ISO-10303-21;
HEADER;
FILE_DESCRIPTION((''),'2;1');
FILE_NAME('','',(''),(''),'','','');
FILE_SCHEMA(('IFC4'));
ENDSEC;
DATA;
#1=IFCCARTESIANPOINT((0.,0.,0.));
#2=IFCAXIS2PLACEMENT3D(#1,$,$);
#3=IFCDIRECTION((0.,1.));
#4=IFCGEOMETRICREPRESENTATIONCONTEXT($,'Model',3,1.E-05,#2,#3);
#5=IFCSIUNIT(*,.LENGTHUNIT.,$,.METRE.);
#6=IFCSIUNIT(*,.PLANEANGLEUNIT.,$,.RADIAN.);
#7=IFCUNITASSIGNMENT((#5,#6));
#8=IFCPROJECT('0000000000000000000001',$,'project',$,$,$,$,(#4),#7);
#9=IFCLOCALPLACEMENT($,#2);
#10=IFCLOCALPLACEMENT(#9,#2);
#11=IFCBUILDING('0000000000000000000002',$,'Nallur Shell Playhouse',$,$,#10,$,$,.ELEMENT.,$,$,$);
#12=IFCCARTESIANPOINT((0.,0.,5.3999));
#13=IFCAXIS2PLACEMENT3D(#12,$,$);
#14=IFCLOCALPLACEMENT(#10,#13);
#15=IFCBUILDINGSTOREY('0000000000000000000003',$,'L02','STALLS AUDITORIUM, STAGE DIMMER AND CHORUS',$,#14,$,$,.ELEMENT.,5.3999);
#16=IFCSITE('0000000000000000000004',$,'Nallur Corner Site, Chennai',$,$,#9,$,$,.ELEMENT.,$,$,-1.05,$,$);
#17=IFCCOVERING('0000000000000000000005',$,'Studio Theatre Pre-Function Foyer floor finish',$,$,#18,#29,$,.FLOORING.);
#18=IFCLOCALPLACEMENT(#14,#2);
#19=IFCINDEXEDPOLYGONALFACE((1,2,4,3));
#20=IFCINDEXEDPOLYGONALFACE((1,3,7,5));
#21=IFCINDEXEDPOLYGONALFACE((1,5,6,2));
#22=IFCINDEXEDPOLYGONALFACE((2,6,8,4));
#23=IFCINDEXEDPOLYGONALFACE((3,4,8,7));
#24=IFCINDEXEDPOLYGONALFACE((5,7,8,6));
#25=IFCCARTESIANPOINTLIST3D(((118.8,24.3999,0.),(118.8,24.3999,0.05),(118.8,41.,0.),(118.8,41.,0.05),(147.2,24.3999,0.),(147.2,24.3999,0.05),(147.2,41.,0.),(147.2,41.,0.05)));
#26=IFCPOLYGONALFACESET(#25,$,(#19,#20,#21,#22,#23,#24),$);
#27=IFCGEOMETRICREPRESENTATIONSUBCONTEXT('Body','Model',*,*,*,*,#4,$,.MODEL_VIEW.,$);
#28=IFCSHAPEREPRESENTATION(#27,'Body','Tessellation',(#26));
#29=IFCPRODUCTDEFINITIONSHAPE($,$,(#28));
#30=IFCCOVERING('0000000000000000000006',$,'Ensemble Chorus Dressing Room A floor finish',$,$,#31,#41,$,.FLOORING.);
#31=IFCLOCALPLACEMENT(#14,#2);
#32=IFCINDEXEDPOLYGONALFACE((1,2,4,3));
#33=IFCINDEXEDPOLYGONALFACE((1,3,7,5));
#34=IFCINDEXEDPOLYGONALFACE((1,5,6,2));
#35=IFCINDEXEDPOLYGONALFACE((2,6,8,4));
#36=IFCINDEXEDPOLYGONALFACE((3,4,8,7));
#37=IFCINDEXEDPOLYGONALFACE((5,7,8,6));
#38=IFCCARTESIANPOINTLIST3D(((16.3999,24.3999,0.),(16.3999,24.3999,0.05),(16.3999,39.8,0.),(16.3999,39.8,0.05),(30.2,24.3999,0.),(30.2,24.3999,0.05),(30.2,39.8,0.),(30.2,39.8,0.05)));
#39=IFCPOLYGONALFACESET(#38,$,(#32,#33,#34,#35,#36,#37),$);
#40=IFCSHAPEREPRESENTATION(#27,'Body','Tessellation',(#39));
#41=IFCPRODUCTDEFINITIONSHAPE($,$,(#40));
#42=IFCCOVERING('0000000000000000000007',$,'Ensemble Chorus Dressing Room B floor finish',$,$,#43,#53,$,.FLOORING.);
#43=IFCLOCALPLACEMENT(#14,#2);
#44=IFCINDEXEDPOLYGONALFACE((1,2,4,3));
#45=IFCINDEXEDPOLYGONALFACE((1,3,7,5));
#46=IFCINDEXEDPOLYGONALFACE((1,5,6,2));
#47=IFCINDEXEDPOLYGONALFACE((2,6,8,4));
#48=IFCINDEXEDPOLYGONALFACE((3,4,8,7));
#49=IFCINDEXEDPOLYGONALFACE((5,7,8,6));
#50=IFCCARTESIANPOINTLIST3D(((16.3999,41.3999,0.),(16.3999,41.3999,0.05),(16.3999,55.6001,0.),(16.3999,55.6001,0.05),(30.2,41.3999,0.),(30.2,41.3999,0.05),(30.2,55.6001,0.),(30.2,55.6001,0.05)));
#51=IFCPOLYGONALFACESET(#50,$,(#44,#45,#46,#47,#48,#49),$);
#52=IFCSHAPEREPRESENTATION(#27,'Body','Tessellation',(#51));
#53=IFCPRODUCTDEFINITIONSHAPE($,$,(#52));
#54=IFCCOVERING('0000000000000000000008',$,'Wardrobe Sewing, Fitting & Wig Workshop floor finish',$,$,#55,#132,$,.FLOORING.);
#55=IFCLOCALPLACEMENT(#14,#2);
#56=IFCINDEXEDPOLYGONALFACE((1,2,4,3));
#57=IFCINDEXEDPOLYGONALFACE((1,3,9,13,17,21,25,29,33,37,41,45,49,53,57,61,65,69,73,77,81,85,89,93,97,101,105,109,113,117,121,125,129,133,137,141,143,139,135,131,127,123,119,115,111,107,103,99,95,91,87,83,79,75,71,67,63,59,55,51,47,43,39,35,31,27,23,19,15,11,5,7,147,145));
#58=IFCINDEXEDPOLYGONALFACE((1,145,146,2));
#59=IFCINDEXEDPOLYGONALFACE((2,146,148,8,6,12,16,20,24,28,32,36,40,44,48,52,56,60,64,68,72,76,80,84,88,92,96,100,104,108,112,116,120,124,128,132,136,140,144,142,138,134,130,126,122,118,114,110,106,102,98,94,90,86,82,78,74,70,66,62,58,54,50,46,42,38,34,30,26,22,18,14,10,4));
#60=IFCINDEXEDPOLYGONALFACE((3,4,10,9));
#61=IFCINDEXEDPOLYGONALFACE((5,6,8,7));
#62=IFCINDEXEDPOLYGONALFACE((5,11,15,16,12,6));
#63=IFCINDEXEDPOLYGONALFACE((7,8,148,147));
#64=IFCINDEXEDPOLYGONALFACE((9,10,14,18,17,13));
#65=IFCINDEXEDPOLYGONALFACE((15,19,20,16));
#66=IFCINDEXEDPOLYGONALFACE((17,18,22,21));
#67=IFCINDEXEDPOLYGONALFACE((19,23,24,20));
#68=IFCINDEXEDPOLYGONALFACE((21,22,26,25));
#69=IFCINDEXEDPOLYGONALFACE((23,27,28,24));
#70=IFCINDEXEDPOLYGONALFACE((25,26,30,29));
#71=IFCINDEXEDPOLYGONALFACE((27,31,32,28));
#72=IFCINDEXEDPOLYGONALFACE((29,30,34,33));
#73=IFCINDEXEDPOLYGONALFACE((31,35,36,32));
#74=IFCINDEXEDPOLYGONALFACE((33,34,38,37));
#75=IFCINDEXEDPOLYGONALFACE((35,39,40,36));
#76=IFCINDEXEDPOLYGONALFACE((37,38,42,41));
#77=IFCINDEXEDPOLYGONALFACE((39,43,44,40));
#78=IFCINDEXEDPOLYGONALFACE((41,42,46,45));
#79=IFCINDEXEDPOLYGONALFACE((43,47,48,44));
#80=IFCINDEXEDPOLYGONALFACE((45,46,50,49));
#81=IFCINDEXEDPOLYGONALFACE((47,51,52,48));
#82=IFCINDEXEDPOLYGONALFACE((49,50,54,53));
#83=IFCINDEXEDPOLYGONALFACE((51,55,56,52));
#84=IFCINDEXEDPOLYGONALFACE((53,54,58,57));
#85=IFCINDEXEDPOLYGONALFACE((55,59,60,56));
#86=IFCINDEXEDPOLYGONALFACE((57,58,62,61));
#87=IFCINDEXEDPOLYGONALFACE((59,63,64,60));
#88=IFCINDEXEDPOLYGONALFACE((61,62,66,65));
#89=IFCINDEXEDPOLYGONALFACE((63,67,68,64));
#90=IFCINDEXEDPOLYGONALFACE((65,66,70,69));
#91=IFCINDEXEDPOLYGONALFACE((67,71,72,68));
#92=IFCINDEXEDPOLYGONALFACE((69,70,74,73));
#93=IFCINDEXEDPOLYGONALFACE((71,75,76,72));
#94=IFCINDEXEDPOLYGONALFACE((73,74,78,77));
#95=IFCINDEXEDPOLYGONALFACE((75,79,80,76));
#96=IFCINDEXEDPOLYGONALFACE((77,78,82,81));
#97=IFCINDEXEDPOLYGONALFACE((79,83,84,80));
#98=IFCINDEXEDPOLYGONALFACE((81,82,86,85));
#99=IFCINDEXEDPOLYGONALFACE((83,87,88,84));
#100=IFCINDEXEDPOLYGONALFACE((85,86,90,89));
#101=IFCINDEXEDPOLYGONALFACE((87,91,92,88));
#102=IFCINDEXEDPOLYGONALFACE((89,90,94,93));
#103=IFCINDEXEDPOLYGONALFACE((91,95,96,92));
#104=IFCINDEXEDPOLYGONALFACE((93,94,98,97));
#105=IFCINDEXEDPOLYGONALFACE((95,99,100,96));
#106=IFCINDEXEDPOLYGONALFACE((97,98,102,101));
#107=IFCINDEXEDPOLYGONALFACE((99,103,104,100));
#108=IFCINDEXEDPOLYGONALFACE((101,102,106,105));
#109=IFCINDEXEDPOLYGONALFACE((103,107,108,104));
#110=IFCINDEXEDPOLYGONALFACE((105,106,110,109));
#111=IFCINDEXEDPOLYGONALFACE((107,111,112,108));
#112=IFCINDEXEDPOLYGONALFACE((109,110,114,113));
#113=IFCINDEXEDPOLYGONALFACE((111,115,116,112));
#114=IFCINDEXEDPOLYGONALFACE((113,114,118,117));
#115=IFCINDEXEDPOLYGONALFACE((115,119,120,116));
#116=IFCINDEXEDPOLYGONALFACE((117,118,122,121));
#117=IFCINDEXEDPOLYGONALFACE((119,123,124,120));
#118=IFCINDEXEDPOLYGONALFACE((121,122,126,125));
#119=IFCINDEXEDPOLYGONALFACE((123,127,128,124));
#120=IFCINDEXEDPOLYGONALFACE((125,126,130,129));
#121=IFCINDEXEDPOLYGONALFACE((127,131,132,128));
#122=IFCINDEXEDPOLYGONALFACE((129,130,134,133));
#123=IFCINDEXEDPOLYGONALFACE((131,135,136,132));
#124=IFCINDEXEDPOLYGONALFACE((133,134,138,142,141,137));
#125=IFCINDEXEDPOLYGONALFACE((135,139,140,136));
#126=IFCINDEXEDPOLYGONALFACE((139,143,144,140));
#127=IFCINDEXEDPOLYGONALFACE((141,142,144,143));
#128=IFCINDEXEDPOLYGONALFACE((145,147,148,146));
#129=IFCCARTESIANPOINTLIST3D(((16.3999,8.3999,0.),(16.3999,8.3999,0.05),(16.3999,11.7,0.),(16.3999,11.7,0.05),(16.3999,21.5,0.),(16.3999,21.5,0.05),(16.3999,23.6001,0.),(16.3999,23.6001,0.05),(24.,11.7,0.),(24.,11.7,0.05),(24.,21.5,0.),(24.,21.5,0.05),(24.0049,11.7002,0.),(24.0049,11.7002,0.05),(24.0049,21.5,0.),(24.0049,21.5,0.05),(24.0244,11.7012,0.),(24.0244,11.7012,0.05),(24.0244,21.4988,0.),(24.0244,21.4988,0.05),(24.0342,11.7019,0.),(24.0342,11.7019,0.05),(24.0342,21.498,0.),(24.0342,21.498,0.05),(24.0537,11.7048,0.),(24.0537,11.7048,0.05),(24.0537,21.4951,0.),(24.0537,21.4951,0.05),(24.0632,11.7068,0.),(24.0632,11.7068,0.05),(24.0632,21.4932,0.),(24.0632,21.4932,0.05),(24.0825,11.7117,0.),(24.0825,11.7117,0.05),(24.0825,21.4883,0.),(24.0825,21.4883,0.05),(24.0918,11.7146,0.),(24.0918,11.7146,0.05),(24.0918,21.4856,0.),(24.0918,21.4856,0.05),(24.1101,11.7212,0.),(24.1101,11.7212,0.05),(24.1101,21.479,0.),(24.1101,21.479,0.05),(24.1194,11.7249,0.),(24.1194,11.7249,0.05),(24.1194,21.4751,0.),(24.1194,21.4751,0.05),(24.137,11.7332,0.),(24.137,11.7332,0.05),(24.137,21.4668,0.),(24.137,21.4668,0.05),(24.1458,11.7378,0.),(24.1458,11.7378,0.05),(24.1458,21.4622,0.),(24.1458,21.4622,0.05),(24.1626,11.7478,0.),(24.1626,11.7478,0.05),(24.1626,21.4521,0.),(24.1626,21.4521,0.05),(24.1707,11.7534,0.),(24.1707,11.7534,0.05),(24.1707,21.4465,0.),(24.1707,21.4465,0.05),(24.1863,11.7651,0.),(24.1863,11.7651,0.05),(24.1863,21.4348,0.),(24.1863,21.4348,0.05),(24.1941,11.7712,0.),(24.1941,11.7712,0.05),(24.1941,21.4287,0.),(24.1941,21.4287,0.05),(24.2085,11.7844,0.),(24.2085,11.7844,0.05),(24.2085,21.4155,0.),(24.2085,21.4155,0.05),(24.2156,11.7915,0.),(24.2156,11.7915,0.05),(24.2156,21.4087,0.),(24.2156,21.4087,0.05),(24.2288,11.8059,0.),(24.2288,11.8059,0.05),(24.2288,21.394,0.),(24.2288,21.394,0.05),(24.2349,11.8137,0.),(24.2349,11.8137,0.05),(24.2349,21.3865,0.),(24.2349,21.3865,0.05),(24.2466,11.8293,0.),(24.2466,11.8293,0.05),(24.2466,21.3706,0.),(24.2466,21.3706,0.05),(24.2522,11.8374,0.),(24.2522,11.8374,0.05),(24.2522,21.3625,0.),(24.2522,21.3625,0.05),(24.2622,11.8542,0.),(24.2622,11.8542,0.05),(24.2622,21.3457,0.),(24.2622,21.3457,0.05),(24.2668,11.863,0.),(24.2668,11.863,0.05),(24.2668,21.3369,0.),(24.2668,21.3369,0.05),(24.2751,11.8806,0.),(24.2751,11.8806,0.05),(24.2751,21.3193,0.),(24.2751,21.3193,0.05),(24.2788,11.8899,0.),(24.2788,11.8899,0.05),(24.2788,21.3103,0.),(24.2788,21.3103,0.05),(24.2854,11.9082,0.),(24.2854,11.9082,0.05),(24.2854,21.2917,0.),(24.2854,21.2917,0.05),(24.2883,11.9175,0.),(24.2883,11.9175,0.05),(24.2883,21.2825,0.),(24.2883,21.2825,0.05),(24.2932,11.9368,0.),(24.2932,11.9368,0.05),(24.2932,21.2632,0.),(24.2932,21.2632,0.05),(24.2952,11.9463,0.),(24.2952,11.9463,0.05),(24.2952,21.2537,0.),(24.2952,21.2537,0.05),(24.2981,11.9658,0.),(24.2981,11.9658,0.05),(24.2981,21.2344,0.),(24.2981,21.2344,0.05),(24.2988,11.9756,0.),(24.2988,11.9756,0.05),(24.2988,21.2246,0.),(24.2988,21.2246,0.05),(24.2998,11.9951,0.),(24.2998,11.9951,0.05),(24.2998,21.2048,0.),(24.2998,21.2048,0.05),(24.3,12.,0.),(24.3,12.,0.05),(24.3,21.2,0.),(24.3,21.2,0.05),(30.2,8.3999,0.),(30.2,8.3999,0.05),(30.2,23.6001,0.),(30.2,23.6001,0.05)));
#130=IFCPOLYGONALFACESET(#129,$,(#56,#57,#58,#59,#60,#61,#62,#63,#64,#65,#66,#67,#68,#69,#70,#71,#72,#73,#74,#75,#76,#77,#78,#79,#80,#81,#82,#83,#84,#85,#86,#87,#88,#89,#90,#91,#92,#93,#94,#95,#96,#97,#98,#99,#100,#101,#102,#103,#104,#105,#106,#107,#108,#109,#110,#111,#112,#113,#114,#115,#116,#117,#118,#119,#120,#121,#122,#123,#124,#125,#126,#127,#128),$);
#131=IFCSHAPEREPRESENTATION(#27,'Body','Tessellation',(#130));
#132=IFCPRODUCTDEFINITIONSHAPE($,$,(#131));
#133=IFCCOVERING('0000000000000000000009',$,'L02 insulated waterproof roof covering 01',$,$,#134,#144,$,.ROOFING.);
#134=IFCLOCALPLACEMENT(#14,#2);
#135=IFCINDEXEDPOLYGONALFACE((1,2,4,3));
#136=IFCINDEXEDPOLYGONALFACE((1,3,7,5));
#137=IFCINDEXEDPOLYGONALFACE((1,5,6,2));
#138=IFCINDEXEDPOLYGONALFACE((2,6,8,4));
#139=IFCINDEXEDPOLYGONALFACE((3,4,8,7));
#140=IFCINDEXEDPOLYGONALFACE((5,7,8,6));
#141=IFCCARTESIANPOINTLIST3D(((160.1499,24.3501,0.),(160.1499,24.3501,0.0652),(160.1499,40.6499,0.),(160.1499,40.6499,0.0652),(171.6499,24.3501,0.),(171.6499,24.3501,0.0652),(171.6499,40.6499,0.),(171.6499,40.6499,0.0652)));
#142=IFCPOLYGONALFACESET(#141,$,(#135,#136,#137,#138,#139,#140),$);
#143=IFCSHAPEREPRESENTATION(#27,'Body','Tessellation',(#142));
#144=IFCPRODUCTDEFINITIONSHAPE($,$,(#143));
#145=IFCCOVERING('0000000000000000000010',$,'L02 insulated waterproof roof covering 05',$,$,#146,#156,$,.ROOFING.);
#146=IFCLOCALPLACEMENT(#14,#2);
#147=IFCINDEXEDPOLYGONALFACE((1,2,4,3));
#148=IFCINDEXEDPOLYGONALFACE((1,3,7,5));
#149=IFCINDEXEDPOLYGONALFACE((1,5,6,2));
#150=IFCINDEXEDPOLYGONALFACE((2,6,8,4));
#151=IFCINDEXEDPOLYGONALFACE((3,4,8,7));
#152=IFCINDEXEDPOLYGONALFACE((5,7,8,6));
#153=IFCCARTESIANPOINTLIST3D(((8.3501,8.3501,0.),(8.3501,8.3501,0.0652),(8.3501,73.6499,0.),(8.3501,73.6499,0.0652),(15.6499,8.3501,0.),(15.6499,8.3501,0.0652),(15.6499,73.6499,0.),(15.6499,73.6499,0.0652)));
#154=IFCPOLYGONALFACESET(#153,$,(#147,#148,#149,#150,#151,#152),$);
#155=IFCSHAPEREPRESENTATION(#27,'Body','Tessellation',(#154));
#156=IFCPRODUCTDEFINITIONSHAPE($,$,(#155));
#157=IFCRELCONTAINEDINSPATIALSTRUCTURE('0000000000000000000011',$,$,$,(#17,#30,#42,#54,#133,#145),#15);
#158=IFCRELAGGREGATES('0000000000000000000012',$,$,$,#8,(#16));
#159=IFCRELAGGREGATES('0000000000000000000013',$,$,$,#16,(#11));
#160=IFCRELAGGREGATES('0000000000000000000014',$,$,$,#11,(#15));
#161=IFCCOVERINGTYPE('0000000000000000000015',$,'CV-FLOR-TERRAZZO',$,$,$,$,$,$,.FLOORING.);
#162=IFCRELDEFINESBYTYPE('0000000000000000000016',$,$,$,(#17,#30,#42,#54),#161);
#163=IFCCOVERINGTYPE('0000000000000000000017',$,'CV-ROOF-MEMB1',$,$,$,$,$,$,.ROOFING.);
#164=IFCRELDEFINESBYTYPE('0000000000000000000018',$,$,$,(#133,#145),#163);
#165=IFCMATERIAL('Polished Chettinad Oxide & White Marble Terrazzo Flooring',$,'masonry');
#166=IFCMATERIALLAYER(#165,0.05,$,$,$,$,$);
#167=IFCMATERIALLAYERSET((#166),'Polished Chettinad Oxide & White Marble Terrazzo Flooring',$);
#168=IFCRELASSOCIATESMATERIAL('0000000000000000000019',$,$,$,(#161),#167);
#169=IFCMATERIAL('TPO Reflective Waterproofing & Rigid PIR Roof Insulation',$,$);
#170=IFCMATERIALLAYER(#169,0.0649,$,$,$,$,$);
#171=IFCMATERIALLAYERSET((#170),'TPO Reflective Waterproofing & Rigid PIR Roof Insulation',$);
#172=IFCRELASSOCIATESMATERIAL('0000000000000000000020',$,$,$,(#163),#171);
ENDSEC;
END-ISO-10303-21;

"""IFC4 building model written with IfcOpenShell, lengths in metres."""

from ifc_helpers import new_model, si_unit, direction, frame, origin, place, context, subcontext, project, spatial, polyline, outline, extrude, material, layer, layer_set, type_object, element, save


model = new_model("IFC4")

# Units and contexts
model_context = context("Model", 3, precision=1e-05, world=origin(), true_north=direction((0.0, 1.0)))
body_context = subcontext(model_context, "Body", "Model", "MODEL_VIEW")
ifc_project = project(units=[si_unit("LENGTHUNIT", "METRE"), si_unit("PLANEANGLEUNIT", "RADIAN")], contexts=[model_context])

# Site, building, storey
site_placement = place(None, origin())
site = spatial("IfcSite", under=ifc_project, at=site_placement, Name="Nallur Corner Site, Chennai", CompositionType="ELEMENT", RefElevation=-1.05)
building_placement = place(site_placement, origin())
building = spatial("IfcBuilding", under=site, at=building_placement, Name="Nallur Shell Playhouse", CompositionType="ELEMENT")
storey_placement = place(building_placement, frame((0.0, 0.0, 5.3999)))
storey = spatial("IfcBuildingStorey", under=building, at=storey_placement, Name="L02", Description="STALLS AUDITORIUM, STAGE DIMMER AND CHORUS", CompositionType="ELEMENT", Elevation=5.3999)

# Coverings
ifc_material_1 = material(Name="Polished Chettinad Oxide & White Marble Terrazzo Flooring", Category="masonry")
ifc_layer_1 = layer(ifc_material_1, 0.05)
ifc_layer_set_1 = layer_set([ifc_layer_1], Name="Polished Chettinad Oxide & White Marble Terrazzo Flooring")
covering_type_1 = type_object("IfcCoveringType", Name="CV-FLOR-TERRAZZO", PredefinedType="FLOORING", material=ifc_layer_set_1)
covering_1_placement = place(storey_placement, origin())
element("IfcCovering", 1, at=covering_1_placement, inside=storey, type_object=covering_type_1, Name="Studio Theatre Pre-Function Foyer floor finish", PredefinedType="FLOORING", context=body_context, shape_type="SweptSolid", body=[
    extrude(outline(polyline([(147.2, 41.0), (147.2, 24.3999), (118.8, 24.3999), (118.8, 41.0), (147.2, 41.0)])), origin(), (0.0, 0.0, 1.0), 0.05),
])
covering_2_placement = place(storey_placement, origin())
element("IfcCovering", 2, at=covering_2_placement, inside=storey, type_object=covering_type_1, Name="Ensemble Chorus Dressing Room A floor finish", PredefinedType="FLOORING", context=body_context, shape_type="SweptSolid", body=[
    extrude(outline(polyline([(30.2, 39.8), (30.2, 24.3999), (16.3999, 24.3999), (16.3999, 39.8), (30.2, 39.8)])), origin(), (0.0, 0.0, 1.0), 0.05),
])
covering_3_placement = place(storey_placement, origin())
element("IfcCovering", 3, at=covering_3_placement, inside=storey, type_object=covering_type_1, Name="Ensemble Chorus Dressing Room B floor finish", PredefinedType="FLOORING", context=body_context, shape_type="SweptSolid", body=[
    extrude(outline(polyline([(30.2, 55.6001), (30.2, 41.3999), (16.3999, 41.3999), (16.3999, 55.6001), (30.2, 55.6001)])), origin(), (0.0, 0.0, 1.0), 0.05),
])
covering_4_placement = place(storey_placement, origin())
element("IfcCovering", 4, at=covering_4_placement, inside=storey, type_object=covering_type_1, Name="Wardrobe Sewing, Fitting & Wig Workshop floor finish", PredefinedType="FLOORING", context=body_context, shape_type="SweptSolid", body=[
    extrude(outline(polyline([(24.0632, 11.7068), (24.0825, 11.7117), (24.0918, 11.7146), (24.1101, 11.7212), (24.1194, 11.7249), (24.137, 11.7332), (24.1458, 11.7378), (24.1626, 11.7478), (24.1707, 11.7534), (24.1863, 11.7651), (24.1941, 11.7712), (24.2085, 11.7844), (24.2156, 11.7915), (24.2288, 11.8059), (24.2349, 11.8137), (24.2466, 11.8293), (24.2522, 11.8374), (24.2622, 11.8542), (24.2668, 11.863), (24.2751, 11.8806), (24.2788, 11.8899), (24.2854, 11.9082), (24.2883, 11.9175), (24.2932, 11.9368), (24.2952, 11.9463), (24.2981, 11.9658), (24.2988, 11.9756), (24.2998, 11.9951), (24.3, 12.0), (24.3, 21.2), (24.2998, 21.2048), (24.2988, 21.2246), (24.2981, 21.2344), (24.2952, 21.2537), (24.2932, 21.2632), (24.2883, 21.2825), (24.2854, 21.2917), (24.2788, 21.3103), (24.2751, 21.3193), (24.2668, 21.3369), (24.2622, 21.3457), (24.2522, 21.3625), (24.2466, 21.3706), (24.2349, 21.3865), (24.2288, 21.394), (24.2156, 21.4087), (24.2085, 21.4155), (24.1941, 21.4287), (24.1863, 21.4348), (24.1707, 21.4465), (24.1626, 21.4521), (24.1458, 21.4622), (24.137, 21.4668), (24.1194, 21.4751), (24.1101, 21.479), (24.0918, 21.4856), (24.0825, 21.4883), (24.0632, 21.4932), (24.0537, 21.4951), (24.0342, 21.498), (24.0244, 21.4988), (24.0049, 21.5), (24.0, 21.5), (16.3999, 21.5), (16.3999, 23.6001), (30.2, 23.6001), (30.2, 8.3999), (16.3999, 8.3999), (16.3999, 11.7), (24.0, 11.7), (24.0049, 11.7002), (24.0244, 11.7012), (24.0342, 11.7019), (24.0537, 11.7048), (24.0632, 11.7068)])), origin(), (0.0, 0.0, 1.0), 0.05),
])
ifc_material_2 = material(Name="TPO Reflective Waterproofing & Rigid PIR Roof Insulation")
ifc_layer_2 = layer(ifc_material_2, 0.0649)
ifc_layer_set_2 = layer_set([ifc_layer_2], Name="TPO Reflective Waterproofing & Rigid PIR Roof Insulation")
covering_type_2 = type_object("IfcCoveringType", Name="CV-ROOF-MEMB1", PredefinedType="ROOFING", material=ifc_layer_set_2)
covering_5_placement = place(storey_placement, origin())
element("IfcCovering", 5, at=covering_5_placement, inside=storey, type_object=covering_type_2, Name="L02 insulated waterproof roof covering 01", PredefinedType="ROOFING", context=body_context, shape_type="SweptSolid", body=[
    extrude(outline(polyline([(160.1499, 40.6499), (171.6499, 40.6499), (171.6499, 24.3501), (160.1499, 24.3501), (160.1499, 40.6499)])), origin(), (0.0, 0.0, 1.0), 0.0652),
])
covering_6_placement = place(storey_placement, origin())
element("IfcCovering", 6, at=covering_6_placement, inside=storey, type_object=covering_type_2, Name="L02 insulated waterproof roof covering 05", PredefinedType="ROOFING", context=body_context, shape_type="SweptSolid", body=[
    extrude(outline(polyline([(15.6499, 8.3501), (8.3501, 8.3501), (8.3501, 73.6499), (15.6499, 73.6499), (15.6499, 8.3501)])), origin(), (0.0, 0.0, 1.0), 0.0652),
])

save(model, "model.ifc")
